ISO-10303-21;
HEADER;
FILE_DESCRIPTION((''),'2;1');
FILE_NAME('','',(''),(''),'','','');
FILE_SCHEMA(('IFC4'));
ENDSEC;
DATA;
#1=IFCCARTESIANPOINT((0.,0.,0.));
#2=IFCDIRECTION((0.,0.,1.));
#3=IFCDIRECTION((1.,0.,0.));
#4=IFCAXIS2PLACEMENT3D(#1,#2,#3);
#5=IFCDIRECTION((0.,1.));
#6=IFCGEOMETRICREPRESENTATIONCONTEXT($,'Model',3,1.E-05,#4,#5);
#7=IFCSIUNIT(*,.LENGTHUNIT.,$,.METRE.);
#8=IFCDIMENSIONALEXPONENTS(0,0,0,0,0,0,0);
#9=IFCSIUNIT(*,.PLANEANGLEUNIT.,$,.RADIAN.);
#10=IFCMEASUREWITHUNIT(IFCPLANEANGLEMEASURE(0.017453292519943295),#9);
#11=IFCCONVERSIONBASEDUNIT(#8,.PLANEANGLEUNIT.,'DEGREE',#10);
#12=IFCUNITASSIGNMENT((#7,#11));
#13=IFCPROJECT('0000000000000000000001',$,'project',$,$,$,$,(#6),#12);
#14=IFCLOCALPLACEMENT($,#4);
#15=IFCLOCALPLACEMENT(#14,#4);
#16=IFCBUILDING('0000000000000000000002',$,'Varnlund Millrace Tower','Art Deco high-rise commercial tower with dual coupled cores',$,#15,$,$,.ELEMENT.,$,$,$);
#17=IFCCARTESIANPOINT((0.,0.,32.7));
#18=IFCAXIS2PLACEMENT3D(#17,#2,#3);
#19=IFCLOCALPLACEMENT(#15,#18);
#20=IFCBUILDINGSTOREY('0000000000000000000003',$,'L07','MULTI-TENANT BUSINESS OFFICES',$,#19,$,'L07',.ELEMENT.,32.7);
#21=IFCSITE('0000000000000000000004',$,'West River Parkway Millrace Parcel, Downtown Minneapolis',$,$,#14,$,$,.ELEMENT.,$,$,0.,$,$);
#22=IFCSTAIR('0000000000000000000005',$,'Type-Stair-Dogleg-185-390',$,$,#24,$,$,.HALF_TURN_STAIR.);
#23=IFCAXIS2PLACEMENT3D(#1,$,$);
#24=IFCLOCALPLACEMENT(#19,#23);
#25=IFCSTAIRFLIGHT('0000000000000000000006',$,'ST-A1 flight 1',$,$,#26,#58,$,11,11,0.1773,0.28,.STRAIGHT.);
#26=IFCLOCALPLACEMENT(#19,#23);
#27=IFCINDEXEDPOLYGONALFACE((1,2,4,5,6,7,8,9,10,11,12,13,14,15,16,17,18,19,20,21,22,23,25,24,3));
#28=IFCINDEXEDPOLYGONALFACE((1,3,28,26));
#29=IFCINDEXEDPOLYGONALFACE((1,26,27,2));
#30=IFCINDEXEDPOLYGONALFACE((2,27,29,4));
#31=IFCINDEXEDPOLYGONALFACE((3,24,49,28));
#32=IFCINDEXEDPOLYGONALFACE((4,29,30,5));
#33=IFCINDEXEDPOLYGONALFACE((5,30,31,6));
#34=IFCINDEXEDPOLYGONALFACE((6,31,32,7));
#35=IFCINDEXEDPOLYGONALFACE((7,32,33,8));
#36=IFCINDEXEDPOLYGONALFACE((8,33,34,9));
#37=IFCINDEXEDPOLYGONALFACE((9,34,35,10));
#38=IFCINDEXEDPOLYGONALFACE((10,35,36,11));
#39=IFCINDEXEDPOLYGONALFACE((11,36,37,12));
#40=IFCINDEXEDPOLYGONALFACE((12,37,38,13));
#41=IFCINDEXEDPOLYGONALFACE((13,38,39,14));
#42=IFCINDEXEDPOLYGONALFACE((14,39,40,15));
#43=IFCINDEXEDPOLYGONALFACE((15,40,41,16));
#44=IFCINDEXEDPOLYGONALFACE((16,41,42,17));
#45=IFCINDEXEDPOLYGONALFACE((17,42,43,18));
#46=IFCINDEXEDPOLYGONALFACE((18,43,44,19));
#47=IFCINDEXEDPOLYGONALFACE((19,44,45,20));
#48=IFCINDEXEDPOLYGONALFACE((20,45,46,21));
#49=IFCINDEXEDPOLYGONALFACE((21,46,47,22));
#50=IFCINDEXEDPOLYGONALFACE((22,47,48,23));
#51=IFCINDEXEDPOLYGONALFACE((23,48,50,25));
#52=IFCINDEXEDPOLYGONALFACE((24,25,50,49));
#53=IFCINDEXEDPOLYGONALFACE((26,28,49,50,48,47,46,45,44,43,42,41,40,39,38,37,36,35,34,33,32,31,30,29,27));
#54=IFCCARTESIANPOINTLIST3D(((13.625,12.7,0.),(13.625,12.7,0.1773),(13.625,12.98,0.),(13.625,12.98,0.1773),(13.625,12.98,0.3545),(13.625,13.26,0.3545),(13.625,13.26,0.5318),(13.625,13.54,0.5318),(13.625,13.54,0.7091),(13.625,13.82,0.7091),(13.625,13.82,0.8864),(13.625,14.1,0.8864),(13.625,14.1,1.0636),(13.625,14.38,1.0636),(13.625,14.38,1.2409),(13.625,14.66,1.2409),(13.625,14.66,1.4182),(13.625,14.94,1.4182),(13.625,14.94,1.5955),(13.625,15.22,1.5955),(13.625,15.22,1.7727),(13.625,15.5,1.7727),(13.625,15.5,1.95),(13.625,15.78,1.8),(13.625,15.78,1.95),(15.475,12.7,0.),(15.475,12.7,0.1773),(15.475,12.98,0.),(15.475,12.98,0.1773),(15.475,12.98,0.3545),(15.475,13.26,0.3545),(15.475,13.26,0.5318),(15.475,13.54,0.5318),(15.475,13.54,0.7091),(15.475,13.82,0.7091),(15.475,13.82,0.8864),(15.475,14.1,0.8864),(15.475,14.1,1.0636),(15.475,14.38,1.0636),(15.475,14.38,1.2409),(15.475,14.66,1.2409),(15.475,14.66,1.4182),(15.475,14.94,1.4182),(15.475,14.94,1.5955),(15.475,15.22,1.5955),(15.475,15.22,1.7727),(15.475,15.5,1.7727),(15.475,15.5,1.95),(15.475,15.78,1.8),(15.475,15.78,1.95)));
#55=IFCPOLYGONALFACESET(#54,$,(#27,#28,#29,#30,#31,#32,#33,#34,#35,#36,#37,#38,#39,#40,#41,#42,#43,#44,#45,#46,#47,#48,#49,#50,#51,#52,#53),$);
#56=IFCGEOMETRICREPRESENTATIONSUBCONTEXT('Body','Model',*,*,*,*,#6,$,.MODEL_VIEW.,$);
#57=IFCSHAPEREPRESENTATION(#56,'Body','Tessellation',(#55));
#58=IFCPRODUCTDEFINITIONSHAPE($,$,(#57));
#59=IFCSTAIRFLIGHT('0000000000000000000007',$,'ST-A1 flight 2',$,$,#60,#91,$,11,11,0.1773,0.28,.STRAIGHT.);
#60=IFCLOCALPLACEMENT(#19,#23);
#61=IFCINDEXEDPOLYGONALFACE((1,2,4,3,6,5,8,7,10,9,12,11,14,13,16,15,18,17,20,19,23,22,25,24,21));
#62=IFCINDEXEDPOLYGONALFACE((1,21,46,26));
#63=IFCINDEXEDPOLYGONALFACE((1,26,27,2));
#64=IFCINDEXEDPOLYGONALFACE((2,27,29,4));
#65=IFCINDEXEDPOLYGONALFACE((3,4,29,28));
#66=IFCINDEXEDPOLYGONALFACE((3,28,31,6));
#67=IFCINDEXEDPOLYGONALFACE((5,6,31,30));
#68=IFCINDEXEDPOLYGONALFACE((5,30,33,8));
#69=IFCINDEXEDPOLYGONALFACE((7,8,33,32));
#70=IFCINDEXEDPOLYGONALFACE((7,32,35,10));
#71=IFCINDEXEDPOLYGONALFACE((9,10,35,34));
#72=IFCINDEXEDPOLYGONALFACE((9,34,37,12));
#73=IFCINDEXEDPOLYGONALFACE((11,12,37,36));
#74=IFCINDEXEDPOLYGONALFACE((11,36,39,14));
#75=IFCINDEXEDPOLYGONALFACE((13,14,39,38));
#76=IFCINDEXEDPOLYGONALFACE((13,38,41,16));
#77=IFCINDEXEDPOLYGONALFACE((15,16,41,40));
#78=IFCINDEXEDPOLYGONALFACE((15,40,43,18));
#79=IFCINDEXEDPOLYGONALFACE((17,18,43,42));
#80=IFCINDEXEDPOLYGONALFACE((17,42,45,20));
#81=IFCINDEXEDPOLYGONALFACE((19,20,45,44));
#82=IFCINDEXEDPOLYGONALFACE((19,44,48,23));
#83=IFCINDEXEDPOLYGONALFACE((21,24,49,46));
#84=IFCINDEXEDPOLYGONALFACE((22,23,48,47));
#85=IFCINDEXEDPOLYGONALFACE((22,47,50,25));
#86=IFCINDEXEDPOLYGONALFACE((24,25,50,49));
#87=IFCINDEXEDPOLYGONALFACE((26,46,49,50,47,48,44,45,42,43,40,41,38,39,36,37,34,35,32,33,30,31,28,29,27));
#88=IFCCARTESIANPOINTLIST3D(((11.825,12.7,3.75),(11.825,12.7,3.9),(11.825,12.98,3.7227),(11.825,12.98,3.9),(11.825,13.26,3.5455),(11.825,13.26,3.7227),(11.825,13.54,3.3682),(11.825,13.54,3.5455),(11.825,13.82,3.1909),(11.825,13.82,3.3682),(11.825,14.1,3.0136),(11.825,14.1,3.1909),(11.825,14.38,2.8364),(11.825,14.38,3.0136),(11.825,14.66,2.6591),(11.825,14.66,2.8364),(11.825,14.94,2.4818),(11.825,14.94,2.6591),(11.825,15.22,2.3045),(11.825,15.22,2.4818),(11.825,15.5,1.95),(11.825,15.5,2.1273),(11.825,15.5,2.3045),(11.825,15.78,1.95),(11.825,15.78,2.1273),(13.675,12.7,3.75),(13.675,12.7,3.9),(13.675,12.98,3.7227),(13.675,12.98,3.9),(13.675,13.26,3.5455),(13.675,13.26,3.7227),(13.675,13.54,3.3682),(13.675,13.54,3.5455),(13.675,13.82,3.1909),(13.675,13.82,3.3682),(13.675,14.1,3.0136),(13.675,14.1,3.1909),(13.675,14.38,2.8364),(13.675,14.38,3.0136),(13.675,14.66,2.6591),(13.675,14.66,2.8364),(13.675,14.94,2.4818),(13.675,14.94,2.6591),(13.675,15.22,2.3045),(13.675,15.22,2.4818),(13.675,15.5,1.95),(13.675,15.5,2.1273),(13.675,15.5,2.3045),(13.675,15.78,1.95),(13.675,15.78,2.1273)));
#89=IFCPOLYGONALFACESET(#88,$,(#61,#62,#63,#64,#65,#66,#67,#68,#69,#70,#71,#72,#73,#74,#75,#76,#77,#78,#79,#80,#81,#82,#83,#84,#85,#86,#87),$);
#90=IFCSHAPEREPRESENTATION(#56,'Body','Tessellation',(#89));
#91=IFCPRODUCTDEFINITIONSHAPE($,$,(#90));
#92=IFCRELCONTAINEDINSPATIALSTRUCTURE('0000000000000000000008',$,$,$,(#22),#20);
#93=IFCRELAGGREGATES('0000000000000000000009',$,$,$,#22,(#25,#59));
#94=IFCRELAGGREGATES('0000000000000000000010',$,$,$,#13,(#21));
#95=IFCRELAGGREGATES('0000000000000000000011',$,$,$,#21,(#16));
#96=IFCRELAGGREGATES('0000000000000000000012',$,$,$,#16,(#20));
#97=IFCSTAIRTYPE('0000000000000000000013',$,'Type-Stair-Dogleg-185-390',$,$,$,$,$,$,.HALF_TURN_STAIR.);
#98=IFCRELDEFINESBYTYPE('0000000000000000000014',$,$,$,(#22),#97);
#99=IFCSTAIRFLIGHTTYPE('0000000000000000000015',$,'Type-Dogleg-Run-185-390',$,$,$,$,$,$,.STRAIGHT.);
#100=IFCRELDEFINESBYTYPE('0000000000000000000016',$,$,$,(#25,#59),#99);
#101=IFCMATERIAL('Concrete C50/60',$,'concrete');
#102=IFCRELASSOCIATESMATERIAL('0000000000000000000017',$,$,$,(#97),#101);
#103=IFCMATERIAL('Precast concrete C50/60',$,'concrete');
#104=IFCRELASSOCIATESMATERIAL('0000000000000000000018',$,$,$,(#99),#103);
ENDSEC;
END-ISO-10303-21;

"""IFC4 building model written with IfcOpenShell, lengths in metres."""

from ifc_helpers import new_model, entity, si_unit, converted_unit, direction, frame, origin_with_axes, place, context, subcontext, project, spatial, polyline, outline, extrude, material, type_object, element, aggregate, save


model = new_model("IFC4")

# Units and contexts
model_context = context("Model", 3, precision=1e-05, world=origin_with_axes(), true_north=direction((0.0, 1.0)))
body_context = subcontext(model_context, "Body", "Model", "MODEL_VIEW")
ifc_project = project(units=[si_unit("LENGTHUNIT", "METRE"), converted_unit("PLANEANGLEUNIT", "DEGREE", entity("IfcPlaneAngleMeasure", 0.017453292519943295), si_unit("PLANEANGLEUNIT", "RADIAN"), dimensions=[0, 0, 0, 0, 0, 0, 0])], contexts=[model_context])

# Site, building, storey
site_placement = place(None, origin_with_axes())
site = spatial("IfcSite", under=ifc_project, at=site_placement, Name="West River Parkway Millrace Parcel, Downtown Minneapolis", CompositionType="ELEMENT", RefElevation=0.0)
building_placement = place(site_placement, origin_with_axes())
building = spatial("IfcBuilding", under=site, at=building_placement, Name="Varnlund Millrace Tower", Description="Art Deco high-rise commercial tower with dual coupled cores", CompositionType="ELEMENT")
storey_placement = place(building_placement, frame((0.0, 0.0, 32.7), z_axis=(0.0, 0.0, 1.0), x_axis=(1.0, 0.0, 0.0)))
storey = spatial("IfcBuildingStorey", under=building, at=storey_placement, Name="L07", Description="MULTI-TENANT BUSINESS OFFICES", LongName="L07", CompositionType="ELEMENT", Elevation=32.7)

# Stair
ifc_material_1 = material(Name="Concrete C50/60", Category="concrete")
stair_type_1 = type_object("IfcStairType", Name="Type-Stair-Dogleg-185-390", PredefinedType="HALF_TURN_STAIR", material=ifc_material_1)
stair_1_placement = place(storey_placement, origin_with_axes())
stair_1 = element("IfcStair", 1, at=stair_1_placement, inside=storey, type_object=stair_type_1, Name="Type-Stair-Dogleg-185-390", PredefinedType="HALF_TURN_STAIR")

# Stair flights
ifc_material_2 = material(Name="Precast concrete C50/60", Category="concrete")
stair_flight_type = type_object("IfcStairFlightType", Name="Type-Dogleg-Run-185-390", PredefinedType="STRAIGHT", material=ifc_material_2)
stair_flight_1_placement = place(storey_placement, frame((13.625, 12.7, 0.0), z_axis=(1.0, 0.0, 0.0), x_axis=(0.0, 1.0, 0.0)))
stair_flight_1 = element("IfcStairFlight", 2, at=stair_flight_1_placement, type_object=stair_flight_type, Name="ST-A1 flight 1", NumberOfRisers=11, NumberOfTreads=11, PredefinedType="STRAIGHT", RiserHeight=0.1773, TreadLength=0.28, context=body_context, shape_type="SweptSolid", body=[
    extrude(outline(polyline([(0.0, 0.0), (0.0, 0.1773), (0.28, 0.1773), (0.28, 0.3545), (0.56, 0.3545), (0.56, 0.5318), (0.84, 0.5318), (0.84, 0.7091), (1.12, 0.7091), (1.12, 0.8864), (1.4, 0.8864), (1.4, 1.0636), (1.68, 1.0636), (1.68, 1.2409), (1.96, 1.2409), (1.96, 1.4182), (2.24, 1.4182), (2.24, 1.5955), (2.52, 1.5955), (2.52, 1.7727), (2.8, 1.7727), (2.8, 1.95), (3.08, 1.95), (3.08, 1.8), (0.28, 0.0), (0.0, 0.0)])), origin_with_axes(), (0.0, 0.0, 1.0), 1.85),
])
stair_flight_2_placement = place(storey_placement, frame((13.675, 15.78, 1.95), z_axis=(-1.0, 0.0, 0.0), x_axis=(0.0, -1.0, 0.0)))
stair_flight_2 = element("IfcStairFlight", 3, at=stair_flight_2_placement, type_object=stair_flight_type, Name="ST-A1 flight 2", NumberOfRisers=11, NumberOfTreads=11, PredefinedType="STRAIGHT", RiserHeight=0.1773, TreadLength=0.28, context=body_context, shape_type="SweptSolid", body=[
    extrude(outline(polyline([(0.0, 0.0), (0.0, 0.1773), (0.28, 0.1773), (0.28, 0.3545), (0.56, 0.3545), (0.56, 0.5318), (0.84, 0.5318), (0.84, 0.7091), (1.12, 0.7091), (1.12, 0.8864), (1.4, 0.8864), (1.4, 1.0636), (1.68, 1.0636), (1.68, 1.2409), (1.96, 1.2409), (1.96, 1.4182), (2.24, 1.4182), (2.24, 1.5955), (2.52, 1.5955), (2.52, 1.7727), (2.8, 1.7727), (2.8, 1.95), (3.08, 1.95), (3.08, 1.8), (0.28, 0.0), (0.0, 0.0)])), origin_with_axes(), (0.0, 0.0, 1.0), 1.85),
])
aggregate(stair_1, [stair_flight_1, stair_flight_2])

save(model, "model.ifc")
